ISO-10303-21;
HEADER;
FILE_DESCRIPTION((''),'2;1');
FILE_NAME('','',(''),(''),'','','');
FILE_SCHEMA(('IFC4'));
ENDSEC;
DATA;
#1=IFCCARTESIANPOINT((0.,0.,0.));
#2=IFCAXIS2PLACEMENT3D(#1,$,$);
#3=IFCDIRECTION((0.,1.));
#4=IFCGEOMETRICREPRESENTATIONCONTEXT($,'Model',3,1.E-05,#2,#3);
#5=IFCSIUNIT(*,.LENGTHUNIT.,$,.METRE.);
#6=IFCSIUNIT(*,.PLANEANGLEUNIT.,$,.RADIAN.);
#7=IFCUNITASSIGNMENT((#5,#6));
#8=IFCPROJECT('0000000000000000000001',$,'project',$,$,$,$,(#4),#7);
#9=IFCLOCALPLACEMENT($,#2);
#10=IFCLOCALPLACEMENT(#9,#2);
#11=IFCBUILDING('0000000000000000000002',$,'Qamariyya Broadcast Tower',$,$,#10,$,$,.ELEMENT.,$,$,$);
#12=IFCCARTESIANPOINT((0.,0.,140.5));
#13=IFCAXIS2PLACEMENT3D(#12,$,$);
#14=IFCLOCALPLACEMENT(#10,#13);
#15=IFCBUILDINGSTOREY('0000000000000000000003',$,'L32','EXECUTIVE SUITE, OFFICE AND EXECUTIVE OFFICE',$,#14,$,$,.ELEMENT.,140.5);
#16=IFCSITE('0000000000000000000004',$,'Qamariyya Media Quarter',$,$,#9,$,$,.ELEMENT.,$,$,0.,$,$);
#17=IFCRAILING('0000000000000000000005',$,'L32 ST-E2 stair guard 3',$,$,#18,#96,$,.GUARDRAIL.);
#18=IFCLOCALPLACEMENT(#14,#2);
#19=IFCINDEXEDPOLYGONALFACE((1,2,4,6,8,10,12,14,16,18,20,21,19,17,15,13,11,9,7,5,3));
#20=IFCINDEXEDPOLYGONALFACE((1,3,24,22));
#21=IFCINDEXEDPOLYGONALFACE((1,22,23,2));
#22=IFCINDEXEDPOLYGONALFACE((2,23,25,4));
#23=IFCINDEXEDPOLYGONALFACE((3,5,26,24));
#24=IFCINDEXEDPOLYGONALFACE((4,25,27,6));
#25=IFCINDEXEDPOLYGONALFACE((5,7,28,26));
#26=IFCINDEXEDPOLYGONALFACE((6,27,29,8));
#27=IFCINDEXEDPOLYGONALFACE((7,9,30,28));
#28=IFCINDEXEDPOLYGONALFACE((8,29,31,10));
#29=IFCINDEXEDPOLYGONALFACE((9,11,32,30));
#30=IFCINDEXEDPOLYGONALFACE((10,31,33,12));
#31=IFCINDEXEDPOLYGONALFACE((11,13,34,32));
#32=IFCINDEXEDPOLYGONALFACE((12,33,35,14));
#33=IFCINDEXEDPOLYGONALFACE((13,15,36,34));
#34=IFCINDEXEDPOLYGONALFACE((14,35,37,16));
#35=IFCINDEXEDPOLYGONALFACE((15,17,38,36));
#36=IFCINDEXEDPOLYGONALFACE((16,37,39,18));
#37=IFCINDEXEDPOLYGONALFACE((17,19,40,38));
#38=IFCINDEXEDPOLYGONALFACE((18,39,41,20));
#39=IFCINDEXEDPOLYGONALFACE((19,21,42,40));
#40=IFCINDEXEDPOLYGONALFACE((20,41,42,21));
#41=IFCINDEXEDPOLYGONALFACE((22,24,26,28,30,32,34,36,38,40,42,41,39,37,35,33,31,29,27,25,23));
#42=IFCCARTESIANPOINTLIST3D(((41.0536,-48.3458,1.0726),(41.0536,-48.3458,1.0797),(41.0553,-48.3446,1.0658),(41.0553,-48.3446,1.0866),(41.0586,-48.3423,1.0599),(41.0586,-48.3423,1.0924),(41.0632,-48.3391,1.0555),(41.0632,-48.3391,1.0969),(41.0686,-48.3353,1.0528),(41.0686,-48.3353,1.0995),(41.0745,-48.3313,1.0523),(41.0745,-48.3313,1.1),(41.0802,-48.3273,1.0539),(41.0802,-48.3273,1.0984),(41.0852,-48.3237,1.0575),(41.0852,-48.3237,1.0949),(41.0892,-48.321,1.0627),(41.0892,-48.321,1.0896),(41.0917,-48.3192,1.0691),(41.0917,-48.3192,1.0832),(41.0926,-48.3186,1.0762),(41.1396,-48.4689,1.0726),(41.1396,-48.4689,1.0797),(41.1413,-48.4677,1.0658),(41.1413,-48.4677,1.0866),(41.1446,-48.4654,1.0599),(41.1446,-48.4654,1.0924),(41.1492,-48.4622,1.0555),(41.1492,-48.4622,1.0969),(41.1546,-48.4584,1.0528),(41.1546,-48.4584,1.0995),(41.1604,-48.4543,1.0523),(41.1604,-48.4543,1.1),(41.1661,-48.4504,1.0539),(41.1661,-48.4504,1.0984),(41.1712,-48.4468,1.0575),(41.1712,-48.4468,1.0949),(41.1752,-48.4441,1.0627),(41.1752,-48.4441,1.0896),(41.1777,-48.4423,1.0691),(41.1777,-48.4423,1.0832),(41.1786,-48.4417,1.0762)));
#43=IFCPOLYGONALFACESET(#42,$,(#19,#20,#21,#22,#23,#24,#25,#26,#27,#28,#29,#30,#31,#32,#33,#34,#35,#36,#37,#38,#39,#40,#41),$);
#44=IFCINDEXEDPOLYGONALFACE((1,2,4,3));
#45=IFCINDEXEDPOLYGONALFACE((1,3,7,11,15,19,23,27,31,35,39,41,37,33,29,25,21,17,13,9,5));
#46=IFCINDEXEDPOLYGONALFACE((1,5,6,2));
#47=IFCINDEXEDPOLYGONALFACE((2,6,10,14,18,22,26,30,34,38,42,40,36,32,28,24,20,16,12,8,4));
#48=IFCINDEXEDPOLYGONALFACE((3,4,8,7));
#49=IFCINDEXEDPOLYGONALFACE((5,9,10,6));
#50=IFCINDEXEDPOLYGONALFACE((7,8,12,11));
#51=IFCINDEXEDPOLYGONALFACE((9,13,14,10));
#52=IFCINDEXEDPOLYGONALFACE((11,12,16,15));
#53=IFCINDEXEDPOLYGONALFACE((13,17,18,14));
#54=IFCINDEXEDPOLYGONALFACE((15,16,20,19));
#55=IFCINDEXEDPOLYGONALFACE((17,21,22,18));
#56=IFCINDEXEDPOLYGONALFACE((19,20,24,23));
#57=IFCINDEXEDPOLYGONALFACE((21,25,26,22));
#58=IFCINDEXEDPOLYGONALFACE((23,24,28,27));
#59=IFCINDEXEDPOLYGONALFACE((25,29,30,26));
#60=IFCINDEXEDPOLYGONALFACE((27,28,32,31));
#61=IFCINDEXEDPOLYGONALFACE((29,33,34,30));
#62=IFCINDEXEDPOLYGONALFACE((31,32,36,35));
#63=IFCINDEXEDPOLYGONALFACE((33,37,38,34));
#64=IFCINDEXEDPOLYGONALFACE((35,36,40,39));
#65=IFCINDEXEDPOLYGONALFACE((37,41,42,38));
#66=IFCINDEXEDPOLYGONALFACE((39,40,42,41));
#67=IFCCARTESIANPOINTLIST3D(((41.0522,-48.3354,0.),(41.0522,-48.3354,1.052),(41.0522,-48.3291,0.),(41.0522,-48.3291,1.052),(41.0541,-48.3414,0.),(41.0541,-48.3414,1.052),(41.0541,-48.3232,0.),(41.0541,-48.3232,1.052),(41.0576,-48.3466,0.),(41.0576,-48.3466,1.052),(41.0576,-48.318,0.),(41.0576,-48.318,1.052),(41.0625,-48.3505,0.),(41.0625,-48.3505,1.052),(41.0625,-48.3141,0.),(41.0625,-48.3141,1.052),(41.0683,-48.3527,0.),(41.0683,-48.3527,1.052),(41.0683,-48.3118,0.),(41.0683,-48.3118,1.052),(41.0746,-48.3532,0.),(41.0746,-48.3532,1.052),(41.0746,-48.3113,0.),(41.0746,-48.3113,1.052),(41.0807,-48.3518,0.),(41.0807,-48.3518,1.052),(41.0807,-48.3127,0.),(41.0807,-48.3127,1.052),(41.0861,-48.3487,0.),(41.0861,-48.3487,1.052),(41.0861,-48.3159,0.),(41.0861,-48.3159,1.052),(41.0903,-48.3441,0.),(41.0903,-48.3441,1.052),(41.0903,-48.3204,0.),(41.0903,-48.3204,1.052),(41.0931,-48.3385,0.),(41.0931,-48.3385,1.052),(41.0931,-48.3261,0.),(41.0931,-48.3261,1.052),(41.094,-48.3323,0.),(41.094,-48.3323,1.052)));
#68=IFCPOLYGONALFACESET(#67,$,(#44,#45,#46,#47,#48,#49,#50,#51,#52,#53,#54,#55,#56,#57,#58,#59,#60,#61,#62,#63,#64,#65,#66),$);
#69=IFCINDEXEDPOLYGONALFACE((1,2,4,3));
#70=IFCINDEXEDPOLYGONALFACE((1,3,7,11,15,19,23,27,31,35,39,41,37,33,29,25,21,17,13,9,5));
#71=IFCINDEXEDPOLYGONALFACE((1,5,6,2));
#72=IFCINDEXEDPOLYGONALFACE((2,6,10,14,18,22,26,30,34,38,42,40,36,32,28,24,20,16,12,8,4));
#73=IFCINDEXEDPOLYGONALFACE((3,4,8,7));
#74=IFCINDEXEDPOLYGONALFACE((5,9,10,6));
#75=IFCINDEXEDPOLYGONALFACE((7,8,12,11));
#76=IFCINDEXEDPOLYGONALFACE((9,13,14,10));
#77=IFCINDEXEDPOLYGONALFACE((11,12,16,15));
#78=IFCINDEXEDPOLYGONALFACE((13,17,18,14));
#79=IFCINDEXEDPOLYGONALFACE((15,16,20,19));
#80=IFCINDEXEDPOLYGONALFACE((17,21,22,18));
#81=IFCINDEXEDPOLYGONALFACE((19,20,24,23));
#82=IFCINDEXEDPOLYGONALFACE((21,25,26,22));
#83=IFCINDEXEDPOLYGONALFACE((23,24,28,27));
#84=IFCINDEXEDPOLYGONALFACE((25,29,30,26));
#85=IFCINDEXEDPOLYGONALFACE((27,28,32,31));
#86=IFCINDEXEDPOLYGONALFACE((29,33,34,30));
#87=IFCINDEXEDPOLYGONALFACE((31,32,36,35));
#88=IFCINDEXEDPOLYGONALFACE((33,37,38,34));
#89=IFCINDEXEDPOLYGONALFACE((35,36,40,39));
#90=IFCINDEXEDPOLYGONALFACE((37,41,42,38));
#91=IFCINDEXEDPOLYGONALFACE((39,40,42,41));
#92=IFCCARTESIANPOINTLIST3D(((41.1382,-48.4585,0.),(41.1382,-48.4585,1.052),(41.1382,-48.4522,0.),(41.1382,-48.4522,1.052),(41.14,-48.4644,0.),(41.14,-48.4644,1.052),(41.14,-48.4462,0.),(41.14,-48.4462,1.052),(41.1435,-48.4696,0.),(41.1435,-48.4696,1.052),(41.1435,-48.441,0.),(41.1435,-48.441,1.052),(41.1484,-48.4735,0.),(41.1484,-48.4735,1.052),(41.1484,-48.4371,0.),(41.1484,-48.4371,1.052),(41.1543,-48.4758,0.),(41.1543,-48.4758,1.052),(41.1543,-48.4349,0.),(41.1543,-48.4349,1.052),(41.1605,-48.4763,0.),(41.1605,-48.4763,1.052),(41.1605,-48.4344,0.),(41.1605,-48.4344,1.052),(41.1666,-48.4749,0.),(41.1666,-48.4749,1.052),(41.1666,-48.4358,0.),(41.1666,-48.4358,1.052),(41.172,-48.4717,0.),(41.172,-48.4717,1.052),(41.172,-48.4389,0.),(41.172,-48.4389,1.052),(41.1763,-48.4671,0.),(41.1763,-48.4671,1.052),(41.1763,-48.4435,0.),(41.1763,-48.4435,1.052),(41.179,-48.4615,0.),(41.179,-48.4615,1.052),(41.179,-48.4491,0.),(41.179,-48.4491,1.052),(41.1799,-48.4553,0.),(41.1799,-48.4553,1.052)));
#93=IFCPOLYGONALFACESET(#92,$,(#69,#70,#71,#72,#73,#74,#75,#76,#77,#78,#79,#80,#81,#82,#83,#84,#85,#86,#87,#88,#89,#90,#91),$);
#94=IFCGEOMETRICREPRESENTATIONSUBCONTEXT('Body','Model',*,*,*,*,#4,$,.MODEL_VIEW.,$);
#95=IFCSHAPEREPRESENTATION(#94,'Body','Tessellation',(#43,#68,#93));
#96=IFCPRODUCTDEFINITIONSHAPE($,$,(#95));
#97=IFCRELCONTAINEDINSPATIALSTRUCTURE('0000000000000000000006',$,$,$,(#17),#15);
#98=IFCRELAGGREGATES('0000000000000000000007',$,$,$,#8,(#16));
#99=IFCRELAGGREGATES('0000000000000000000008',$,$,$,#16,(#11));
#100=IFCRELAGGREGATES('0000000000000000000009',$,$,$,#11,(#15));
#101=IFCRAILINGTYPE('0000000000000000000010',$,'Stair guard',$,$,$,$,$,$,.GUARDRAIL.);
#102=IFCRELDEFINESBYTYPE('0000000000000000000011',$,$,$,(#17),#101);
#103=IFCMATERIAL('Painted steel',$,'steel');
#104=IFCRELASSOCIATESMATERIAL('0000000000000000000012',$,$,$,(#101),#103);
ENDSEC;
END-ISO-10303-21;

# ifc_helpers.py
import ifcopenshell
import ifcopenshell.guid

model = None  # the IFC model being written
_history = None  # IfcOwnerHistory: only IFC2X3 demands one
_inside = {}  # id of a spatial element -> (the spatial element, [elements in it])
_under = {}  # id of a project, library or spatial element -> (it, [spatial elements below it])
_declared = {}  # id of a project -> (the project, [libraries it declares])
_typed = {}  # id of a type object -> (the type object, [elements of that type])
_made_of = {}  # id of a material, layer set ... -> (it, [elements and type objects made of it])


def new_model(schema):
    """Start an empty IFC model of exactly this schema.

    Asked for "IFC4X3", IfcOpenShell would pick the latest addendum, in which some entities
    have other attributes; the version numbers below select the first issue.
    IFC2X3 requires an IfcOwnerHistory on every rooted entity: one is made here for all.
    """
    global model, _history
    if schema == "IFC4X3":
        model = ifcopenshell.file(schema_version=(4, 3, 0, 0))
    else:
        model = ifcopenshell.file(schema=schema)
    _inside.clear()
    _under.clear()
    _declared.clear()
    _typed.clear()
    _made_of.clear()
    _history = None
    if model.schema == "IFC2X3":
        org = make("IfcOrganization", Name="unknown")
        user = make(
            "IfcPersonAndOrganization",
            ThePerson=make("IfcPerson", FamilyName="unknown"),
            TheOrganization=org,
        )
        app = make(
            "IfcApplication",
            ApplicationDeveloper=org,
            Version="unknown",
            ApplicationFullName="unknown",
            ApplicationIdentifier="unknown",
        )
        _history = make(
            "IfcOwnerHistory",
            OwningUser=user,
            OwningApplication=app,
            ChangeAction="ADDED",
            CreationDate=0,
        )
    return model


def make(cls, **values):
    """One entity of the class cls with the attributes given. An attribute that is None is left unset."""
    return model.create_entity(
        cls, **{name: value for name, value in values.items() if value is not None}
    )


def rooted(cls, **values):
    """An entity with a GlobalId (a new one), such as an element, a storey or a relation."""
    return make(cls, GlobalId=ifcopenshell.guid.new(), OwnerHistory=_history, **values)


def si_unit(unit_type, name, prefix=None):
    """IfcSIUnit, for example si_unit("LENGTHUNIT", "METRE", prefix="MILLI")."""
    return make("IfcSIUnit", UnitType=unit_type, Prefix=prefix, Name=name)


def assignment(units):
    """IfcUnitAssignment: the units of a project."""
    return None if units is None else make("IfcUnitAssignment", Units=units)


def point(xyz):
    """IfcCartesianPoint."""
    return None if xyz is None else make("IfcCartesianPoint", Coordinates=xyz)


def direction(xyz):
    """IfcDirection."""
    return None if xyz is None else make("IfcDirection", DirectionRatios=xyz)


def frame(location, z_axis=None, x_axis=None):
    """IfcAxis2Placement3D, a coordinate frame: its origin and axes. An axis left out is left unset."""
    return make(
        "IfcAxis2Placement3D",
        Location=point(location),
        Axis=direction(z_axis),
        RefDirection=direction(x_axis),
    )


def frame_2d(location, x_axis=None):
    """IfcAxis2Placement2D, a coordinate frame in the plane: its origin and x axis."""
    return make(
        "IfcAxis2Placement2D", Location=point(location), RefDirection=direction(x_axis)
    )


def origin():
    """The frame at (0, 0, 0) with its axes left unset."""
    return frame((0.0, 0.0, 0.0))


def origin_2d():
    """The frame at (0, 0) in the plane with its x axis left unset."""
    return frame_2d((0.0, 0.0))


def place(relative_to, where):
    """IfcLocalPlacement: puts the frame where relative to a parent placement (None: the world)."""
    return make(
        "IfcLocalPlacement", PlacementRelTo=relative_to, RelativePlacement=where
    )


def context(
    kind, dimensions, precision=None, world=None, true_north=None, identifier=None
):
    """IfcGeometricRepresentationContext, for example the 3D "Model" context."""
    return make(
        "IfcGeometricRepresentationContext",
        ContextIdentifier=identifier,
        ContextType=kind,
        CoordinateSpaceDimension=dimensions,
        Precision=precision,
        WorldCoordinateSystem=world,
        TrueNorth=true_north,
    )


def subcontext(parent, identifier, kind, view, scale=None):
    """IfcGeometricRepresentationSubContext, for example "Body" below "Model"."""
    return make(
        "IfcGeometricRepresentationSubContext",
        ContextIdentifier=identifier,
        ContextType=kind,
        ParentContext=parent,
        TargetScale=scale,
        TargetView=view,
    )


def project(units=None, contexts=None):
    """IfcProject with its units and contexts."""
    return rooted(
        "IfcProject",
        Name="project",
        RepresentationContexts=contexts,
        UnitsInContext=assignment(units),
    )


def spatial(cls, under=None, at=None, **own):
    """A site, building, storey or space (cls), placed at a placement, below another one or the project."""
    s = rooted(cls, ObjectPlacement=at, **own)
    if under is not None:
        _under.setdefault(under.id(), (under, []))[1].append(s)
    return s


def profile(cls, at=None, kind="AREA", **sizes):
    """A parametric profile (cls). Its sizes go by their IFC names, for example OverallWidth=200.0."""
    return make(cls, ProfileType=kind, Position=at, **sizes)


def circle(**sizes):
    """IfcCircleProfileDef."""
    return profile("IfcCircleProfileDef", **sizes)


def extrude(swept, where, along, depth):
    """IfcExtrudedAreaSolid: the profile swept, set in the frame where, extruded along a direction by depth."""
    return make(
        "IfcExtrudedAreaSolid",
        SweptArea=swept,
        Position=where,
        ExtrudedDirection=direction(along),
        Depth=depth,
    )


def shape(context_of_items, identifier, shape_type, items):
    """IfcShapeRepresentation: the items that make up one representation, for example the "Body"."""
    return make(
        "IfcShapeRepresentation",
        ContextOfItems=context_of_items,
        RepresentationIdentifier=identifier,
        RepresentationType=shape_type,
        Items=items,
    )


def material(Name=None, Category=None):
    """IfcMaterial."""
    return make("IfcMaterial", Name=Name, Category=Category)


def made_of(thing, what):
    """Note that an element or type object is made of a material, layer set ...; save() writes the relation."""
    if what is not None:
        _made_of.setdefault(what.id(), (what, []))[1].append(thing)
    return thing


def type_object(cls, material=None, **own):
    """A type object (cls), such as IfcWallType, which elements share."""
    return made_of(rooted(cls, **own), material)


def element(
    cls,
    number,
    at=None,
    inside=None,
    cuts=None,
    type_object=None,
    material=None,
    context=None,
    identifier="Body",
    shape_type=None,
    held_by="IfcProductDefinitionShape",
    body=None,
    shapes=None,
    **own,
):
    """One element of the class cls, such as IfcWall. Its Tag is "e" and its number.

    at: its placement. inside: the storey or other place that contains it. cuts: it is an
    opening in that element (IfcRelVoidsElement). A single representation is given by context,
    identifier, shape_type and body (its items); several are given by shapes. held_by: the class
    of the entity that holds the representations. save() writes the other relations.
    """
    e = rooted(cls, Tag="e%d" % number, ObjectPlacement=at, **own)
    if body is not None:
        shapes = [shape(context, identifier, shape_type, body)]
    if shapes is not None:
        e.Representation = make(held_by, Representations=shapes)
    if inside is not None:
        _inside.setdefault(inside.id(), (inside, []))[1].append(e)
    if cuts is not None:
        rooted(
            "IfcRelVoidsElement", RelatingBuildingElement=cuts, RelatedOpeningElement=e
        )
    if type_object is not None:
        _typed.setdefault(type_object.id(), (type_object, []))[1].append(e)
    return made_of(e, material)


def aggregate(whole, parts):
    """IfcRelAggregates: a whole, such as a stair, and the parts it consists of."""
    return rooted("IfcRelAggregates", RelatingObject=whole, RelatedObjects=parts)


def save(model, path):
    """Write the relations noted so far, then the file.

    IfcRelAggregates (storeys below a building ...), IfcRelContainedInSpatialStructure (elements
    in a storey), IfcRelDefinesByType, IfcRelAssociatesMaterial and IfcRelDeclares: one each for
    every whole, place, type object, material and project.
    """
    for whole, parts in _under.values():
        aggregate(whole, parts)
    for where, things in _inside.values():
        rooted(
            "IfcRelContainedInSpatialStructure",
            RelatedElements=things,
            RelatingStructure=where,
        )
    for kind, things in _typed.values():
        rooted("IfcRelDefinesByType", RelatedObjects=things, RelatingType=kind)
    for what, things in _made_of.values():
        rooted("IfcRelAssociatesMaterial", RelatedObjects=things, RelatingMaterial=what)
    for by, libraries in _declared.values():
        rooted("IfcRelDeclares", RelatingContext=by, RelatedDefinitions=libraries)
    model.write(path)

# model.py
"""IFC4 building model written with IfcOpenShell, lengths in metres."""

from ifc_helpers import new_model, si_unit, direction, frame, origin, origin_2d, place, context, subcontext, project, spatial, circle, extrude, material, type_object, element, save


model = new_model("IFC4")

# Units and contexts
model_context = context("Model", 3, precision=1e-05, world=origin(), true_north=direction((0.0, 1.0)))
body_context = subcontext(model_context, "Body", "Model", "MODEL_VIEW")
ifc_project = project(units=[si_unit("LENGTHUNIT", "METRE"), si_unit("PLANEANGLEUNIT", "RADIAN")], contexts=[model_context])

# Site, building, storey
site_placement = place(None, origin())
site = spatial("IfcSite", under=ifc_project, at=site_placement, Name="Qamariyya Media Quarter", CompositionType="ELEMENT", RefElevation=0.0)
building_placement = place(site_placement, origin())
building = spatial("IfcBuilding", under=site, at=building_placement, Name="Qamariyya Broadcast Tower", CompositionType="ELEMENT")
storey_placement = place(building_placement, frame((0.0, 0.0, 140.5)))
storey = spatial("IfcBuildingStorey", under=building, at=storey_placement, Name="L32", Description="EXECUTIVE SUITE, OFFICE AND EXECUTIVE OFFICE", CompositionType="ELEMENT", Elevation=140.5)

# Railing
ifc_material_1 = material(Name="Painted steel", Category="steel")
railing_type_1 = type_object("IfcRailingType", Name="Stair guard", PredefinedType="GUARDRAIL", material=ifc_material_1)
railing_1_placement = place(storey_placement, frame((41.073, -48.3323, 0.0)))
element("IfcRailing", 1, at=railing_1_placement, inside=storey, type_object=railing_type_1, Name="L32 ST-E2 stair guard 3", PredefinedType="GUARDRAIL", context=body_context, shape_type="SweptSolid", body=[
    extrude(circle(Radius=0.0239, at=origin_2d()), frame((0.0, 0.0, 1.0762), z_axis=(0.572589, -0.819843, 0.0), x_axis=(0.819843, 0.572589, 0.0)), (0.0, 0.0, 1.0), 0.1501),
    extrude(circle(Radius=0.021, at=origin_2d()), origin(), (0.0, 0.0, 1.0), 1.052),
    extrude(circle(Radius=0.021, at=origin_2d()), frame((0.0859, -0.123, 0.0)), (0.0, 0.0, 1.0), 1.052),
])

save(model, "model.ifc")
